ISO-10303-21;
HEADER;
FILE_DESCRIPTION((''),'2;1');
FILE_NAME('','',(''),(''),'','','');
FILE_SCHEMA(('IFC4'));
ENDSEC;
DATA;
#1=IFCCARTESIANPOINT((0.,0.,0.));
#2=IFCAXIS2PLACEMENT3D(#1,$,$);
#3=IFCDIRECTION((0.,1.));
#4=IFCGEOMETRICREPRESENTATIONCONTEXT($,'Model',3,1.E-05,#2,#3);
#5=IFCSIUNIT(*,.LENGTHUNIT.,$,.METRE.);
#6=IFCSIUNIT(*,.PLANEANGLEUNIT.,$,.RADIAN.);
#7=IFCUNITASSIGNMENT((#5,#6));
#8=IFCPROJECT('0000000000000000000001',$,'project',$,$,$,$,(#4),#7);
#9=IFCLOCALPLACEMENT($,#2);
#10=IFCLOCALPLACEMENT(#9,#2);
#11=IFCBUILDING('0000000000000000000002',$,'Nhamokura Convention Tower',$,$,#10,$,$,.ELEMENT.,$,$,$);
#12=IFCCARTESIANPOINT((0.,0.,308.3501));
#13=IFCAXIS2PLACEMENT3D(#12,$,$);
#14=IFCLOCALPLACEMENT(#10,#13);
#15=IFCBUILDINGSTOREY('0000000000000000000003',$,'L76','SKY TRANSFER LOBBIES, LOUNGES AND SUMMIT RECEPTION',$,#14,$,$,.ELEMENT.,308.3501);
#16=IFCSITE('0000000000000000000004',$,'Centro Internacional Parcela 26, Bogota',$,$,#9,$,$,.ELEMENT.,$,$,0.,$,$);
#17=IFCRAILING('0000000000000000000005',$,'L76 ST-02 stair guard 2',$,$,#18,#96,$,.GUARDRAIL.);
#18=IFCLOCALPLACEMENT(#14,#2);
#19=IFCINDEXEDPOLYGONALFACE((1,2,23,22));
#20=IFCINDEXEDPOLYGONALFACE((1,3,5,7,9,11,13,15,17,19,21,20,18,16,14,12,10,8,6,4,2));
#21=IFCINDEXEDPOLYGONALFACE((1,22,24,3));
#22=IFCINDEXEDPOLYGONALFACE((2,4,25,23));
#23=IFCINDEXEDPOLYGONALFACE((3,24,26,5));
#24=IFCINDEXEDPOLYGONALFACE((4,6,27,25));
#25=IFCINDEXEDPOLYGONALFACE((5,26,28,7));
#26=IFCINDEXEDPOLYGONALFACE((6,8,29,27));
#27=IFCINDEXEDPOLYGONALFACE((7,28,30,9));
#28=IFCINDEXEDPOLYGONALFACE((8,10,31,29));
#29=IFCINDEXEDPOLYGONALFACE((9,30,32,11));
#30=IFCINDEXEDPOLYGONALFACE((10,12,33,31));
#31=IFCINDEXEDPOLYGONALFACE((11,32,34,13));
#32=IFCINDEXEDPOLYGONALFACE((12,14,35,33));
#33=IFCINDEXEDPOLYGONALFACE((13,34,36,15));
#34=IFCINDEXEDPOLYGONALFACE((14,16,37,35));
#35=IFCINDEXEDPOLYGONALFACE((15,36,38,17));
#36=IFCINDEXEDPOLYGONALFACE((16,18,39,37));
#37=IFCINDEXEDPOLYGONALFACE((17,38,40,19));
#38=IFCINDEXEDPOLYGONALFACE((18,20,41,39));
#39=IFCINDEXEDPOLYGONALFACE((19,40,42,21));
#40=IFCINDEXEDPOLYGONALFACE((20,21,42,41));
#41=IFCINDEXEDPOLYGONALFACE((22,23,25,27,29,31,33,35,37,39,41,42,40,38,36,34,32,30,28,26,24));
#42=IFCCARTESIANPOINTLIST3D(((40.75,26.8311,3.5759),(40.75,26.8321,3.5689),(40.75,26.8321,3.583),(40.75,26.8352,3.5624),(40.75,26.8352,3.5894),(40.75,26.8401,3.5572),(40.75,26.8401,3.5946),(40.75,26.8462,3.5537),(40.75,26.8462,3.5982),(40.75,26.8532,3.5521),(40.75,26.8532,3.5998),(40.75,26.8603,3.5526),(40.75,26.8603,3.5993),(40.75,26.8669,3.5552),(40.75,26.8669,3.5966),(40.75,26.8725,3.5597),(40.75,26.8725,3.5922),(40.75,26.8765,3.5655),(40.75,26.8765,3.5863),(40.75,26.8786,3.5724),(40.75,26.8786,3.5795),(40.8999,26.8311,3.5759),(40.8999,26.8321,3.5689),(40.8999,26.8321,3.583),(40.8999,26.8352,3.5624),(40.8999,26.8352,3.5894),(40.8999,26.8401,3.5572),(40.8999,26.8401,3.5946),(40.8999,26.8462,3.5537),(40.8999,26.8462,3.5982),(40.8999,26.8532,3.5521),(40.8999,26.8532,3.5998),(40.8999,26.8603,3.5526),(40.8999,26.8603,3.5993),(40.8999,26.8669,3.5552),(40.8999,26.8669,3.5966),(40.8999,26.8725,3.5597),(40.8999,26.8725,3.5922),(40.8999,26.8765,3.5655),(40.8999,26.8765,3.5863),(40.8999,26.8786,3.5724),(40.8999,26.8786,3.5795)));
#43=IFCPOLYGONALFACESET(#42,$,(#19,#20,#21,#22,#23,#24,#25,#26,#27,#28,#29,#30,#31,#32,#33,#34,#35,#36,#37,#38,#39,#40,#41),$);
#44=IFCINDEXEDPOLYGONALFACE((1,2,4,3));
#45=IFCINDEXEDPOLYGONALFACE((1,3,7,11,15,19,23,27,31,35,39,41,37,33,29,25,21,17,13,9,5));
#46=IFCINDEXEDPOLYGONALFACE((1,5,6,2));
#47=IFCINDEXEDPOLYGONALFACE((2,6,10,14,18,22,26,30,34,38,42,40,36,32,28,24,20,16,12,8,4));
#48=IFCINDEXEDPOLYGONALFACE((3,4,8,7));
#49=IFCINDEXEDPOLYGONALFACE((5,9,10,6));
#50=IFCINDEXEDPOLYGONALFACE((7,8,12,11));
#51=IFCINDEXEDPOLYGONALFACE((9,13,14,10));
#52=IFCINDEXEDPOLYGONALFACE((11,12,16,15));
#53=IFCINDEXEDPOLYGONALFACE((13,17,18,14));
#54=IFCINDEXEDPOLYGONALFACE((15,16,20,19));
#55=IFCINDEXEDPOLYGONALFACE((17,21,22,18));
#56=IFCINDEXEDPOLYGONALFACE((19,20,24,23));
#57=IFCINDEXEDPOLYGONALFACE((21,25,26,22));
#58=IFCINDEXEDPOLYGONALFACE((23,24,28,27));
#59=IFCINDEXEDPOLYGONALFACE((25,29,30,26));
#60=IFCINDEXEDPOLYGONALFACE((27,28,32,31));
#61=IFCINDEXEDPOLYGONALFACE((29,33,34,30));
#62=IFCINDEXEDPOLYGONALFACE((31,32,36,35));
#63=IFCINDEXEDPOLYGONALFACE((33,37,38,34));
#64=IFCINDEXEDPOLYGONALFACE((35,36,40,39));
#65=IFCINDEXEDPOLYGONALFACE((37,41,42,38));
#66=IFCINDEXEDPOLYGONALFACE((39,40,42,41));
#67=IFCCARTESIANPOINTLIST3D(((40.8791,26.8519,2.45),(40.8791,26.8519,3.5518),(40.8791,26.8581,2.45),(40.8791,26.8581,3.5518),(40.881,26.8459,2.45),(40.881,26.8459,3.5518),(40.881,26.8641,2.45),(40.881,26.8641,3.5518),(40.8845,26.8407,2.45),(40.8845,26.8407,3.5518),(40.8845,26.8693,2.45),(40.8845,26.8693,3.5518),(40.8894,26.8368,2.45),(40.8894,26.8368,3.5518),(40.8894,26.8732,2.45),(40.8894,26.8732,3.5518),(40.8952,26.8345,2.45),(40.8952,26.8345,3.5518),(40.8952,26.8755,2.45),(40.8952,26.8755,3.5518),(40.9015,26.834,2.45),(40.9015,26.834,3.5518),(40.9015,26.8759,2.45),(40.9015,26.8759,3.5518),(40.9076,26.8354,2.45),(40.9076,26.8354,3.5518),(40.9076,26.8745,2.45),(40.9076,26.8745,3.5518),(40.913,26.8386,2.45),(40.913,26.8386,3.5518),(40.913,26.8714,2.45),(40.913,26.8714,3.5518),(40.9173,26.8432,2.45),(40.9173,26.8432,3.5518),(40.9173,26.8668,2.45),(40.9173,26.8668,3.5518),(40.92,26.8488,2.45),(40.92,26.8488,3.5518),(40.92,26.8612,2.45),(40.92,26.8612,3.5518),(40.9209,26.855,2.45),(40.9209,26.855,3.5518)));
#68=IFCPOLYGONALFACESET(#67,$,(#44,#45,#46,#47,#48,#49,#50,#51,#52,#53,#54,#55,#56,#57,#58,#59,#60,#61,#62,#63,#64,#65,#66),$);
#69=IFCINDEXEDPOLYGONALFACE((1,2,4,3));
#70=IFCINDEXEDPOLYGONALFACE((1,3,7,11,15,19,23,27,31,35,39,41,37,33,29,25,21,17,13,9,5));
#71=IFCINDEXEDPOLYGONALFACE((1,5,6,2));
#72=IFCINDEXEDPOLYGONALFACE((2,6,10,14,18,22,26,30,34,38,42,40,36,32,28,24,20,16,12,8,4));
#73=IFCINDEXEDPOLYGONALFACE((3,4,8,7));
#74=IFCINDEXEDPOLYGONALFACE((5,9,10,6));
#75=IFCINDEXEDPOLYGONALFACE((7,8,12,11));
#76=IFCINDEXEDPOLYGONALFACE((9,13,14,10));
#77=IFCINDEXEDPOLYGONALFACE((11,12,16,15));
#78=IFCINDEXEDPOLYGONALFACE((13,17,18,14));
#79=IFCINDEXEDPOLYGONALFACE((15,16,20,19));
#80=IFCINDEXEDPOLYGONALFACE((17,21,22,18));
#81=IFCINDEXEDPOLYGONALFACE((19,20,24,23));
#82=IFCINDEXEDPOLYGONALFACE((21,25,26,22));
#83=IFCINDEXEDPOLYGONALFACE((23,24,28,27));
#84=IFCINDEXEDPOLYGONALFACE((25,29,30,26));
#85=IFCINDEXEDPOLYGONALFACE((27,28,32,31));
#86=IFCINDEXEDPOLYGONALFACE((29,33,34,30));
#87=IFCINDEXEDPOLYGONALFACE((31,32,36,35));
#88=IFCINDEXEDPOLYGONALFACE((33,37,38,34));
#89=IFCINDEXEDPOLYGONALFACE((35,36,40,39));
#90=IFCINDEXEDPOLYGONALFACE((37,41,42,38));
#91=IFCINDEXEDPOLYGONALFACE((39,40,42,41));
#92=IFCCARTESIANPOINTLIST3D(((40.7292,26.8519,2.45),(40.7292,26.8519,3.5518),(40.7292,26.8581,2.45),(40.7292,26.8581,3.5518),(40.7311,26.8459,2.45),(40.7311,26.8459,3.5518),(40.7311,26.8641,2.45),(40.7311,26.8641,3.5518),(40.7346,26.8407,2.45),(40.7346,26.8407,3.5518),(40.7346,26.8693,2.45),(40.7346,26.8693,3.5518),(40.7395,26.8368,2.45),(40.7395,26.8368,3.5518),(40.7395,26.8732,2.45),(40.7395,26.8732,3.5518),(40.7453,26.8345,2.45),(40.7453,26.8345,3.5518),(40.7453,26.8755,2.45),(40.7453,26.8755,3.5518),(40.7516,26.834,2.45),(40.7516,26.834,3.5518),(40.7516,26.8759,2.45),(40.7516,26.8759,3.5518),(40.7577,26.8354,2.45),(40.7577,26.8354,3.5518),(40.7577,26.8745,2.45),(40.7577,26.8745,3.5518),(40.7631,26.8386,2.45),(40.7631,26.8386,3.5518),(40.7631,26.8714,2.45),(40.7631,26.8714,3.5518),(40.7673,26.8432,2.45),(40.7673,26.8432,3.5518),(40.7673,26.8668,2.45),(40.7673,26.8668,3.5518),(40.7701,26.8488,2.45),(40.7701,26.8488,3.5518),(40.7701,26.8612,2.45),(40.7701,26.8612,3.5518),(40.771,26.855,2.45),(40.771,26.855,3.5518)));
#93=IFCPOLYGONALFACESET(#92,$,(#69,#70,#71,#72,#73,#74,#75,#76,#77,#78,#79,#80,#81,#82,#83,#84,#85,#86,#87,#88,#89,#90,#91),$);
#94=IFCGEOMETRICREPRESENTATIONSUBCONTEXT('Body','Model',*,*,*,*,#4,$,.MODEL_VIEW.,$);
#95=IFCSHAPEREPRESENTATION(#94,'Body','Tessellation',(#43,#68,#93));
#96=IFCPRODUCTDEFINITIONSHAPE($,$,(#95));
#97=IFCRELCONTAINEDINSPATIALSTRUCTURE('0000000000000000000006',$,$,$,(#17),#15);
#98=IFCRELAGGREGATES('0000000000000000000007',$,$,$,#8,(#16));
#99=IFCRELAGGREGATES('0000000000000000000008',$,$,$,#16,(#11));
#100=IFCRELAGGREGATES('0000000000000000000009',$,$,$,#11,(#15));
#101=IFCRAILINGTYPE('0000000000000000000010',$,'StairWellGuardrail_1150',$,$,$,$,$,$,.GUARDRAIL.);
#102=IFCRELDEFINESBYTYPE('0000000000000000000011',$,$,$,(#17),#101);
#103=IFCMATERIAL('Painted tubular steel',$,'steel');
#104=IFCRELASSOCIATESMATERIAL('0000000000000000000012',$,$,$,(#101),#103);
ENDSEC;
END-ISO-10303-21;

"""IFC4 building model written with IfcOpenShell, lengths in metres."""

from ifc_helpers import new_model, si_unit, direction, frame, origin, origin_2d, place, context, subcontext, project, spatial, circle, extrude, material, type_object, element, save


model = new_model("IFC4")

# Units and contexts
model_context = context("Model", 3, precision=1e-05, world=origin(), true_north=direction((0.0, 1.0)))
body_context = subcontext(model_context, "Body", "Model", "MODEL_VIEW")
ifc_project = project(units=[si_unit("LENGTHUNIT", "METRE"), si_unit("PLANEANGLEUNIT", "RADIAN")], contexts=[model_context])

# Site, building, storey
site_placement = place(None, origin())
site = spatial("IfcSite", under=ifc_project, at=site_placement, Name="Centro Internacional Parcela 26, Bogota", CompositionType="ELEMENT", RefElevation=0.0)
building_placement = place(site_placement, origin())
building = spatial("IfcBuilding", under=site, at=building_placement, Name="Nhamokura Convention Tower", CompositionType="ELEMENT")
storey_placement = place(building_placement, frame((0.0, 0.0, 308.3501)))
storey = spatial("IfcBuildingStorey", under=building, at=storey_placement, Name="L76", Description="SKY TRANSFER LOBBIES, LOUNGES AND SUMMIT RECEPTION", CompositionType="ELEMENT", Elevation=308.3501)

# Railing
ifc_material_1 = material(Name="Painted tubular steel", Category="steel")
railing_type_1 = type_object("IfcRailingType", Name="StairWellGuardrail_1150", PredefinedType="GUARDRAIL", material=ifc_material_1)
railing_1_placement = place(storey_placement, frame((40.8999, 26.855, 2.45)))
element("IfcRailing", 1, at=railing_1_placement, inside=storey, type_object=railing_type_1, Name="L76 ST-02 stair guard 2", PredefinedType="GUARDRAIL", context=body_context, shape_type="SweptSolid", body=[
    extrude(circle(Radius=0.0239, at=origin_2d()), frame((0.0, 0.0, 1.126), z_axis=(-1.0, 0.0, 0.0), x_axis=(0.0, -1.0, 0.0)), (0.0, 0.0, 1.0), 0.1499),
    extrude(circle(Radius=0.021, at=origin_2d()), origin(), (0.0, 0.0, 1.0), 1.1018),
    extrude(circle(Radius=0.021, at=origin_2d()), frame((-0.1499, 0.0, 0.0)), (0.0, 0.0, 1.0), 1.1018),
])

save(model, "model.ifc")
